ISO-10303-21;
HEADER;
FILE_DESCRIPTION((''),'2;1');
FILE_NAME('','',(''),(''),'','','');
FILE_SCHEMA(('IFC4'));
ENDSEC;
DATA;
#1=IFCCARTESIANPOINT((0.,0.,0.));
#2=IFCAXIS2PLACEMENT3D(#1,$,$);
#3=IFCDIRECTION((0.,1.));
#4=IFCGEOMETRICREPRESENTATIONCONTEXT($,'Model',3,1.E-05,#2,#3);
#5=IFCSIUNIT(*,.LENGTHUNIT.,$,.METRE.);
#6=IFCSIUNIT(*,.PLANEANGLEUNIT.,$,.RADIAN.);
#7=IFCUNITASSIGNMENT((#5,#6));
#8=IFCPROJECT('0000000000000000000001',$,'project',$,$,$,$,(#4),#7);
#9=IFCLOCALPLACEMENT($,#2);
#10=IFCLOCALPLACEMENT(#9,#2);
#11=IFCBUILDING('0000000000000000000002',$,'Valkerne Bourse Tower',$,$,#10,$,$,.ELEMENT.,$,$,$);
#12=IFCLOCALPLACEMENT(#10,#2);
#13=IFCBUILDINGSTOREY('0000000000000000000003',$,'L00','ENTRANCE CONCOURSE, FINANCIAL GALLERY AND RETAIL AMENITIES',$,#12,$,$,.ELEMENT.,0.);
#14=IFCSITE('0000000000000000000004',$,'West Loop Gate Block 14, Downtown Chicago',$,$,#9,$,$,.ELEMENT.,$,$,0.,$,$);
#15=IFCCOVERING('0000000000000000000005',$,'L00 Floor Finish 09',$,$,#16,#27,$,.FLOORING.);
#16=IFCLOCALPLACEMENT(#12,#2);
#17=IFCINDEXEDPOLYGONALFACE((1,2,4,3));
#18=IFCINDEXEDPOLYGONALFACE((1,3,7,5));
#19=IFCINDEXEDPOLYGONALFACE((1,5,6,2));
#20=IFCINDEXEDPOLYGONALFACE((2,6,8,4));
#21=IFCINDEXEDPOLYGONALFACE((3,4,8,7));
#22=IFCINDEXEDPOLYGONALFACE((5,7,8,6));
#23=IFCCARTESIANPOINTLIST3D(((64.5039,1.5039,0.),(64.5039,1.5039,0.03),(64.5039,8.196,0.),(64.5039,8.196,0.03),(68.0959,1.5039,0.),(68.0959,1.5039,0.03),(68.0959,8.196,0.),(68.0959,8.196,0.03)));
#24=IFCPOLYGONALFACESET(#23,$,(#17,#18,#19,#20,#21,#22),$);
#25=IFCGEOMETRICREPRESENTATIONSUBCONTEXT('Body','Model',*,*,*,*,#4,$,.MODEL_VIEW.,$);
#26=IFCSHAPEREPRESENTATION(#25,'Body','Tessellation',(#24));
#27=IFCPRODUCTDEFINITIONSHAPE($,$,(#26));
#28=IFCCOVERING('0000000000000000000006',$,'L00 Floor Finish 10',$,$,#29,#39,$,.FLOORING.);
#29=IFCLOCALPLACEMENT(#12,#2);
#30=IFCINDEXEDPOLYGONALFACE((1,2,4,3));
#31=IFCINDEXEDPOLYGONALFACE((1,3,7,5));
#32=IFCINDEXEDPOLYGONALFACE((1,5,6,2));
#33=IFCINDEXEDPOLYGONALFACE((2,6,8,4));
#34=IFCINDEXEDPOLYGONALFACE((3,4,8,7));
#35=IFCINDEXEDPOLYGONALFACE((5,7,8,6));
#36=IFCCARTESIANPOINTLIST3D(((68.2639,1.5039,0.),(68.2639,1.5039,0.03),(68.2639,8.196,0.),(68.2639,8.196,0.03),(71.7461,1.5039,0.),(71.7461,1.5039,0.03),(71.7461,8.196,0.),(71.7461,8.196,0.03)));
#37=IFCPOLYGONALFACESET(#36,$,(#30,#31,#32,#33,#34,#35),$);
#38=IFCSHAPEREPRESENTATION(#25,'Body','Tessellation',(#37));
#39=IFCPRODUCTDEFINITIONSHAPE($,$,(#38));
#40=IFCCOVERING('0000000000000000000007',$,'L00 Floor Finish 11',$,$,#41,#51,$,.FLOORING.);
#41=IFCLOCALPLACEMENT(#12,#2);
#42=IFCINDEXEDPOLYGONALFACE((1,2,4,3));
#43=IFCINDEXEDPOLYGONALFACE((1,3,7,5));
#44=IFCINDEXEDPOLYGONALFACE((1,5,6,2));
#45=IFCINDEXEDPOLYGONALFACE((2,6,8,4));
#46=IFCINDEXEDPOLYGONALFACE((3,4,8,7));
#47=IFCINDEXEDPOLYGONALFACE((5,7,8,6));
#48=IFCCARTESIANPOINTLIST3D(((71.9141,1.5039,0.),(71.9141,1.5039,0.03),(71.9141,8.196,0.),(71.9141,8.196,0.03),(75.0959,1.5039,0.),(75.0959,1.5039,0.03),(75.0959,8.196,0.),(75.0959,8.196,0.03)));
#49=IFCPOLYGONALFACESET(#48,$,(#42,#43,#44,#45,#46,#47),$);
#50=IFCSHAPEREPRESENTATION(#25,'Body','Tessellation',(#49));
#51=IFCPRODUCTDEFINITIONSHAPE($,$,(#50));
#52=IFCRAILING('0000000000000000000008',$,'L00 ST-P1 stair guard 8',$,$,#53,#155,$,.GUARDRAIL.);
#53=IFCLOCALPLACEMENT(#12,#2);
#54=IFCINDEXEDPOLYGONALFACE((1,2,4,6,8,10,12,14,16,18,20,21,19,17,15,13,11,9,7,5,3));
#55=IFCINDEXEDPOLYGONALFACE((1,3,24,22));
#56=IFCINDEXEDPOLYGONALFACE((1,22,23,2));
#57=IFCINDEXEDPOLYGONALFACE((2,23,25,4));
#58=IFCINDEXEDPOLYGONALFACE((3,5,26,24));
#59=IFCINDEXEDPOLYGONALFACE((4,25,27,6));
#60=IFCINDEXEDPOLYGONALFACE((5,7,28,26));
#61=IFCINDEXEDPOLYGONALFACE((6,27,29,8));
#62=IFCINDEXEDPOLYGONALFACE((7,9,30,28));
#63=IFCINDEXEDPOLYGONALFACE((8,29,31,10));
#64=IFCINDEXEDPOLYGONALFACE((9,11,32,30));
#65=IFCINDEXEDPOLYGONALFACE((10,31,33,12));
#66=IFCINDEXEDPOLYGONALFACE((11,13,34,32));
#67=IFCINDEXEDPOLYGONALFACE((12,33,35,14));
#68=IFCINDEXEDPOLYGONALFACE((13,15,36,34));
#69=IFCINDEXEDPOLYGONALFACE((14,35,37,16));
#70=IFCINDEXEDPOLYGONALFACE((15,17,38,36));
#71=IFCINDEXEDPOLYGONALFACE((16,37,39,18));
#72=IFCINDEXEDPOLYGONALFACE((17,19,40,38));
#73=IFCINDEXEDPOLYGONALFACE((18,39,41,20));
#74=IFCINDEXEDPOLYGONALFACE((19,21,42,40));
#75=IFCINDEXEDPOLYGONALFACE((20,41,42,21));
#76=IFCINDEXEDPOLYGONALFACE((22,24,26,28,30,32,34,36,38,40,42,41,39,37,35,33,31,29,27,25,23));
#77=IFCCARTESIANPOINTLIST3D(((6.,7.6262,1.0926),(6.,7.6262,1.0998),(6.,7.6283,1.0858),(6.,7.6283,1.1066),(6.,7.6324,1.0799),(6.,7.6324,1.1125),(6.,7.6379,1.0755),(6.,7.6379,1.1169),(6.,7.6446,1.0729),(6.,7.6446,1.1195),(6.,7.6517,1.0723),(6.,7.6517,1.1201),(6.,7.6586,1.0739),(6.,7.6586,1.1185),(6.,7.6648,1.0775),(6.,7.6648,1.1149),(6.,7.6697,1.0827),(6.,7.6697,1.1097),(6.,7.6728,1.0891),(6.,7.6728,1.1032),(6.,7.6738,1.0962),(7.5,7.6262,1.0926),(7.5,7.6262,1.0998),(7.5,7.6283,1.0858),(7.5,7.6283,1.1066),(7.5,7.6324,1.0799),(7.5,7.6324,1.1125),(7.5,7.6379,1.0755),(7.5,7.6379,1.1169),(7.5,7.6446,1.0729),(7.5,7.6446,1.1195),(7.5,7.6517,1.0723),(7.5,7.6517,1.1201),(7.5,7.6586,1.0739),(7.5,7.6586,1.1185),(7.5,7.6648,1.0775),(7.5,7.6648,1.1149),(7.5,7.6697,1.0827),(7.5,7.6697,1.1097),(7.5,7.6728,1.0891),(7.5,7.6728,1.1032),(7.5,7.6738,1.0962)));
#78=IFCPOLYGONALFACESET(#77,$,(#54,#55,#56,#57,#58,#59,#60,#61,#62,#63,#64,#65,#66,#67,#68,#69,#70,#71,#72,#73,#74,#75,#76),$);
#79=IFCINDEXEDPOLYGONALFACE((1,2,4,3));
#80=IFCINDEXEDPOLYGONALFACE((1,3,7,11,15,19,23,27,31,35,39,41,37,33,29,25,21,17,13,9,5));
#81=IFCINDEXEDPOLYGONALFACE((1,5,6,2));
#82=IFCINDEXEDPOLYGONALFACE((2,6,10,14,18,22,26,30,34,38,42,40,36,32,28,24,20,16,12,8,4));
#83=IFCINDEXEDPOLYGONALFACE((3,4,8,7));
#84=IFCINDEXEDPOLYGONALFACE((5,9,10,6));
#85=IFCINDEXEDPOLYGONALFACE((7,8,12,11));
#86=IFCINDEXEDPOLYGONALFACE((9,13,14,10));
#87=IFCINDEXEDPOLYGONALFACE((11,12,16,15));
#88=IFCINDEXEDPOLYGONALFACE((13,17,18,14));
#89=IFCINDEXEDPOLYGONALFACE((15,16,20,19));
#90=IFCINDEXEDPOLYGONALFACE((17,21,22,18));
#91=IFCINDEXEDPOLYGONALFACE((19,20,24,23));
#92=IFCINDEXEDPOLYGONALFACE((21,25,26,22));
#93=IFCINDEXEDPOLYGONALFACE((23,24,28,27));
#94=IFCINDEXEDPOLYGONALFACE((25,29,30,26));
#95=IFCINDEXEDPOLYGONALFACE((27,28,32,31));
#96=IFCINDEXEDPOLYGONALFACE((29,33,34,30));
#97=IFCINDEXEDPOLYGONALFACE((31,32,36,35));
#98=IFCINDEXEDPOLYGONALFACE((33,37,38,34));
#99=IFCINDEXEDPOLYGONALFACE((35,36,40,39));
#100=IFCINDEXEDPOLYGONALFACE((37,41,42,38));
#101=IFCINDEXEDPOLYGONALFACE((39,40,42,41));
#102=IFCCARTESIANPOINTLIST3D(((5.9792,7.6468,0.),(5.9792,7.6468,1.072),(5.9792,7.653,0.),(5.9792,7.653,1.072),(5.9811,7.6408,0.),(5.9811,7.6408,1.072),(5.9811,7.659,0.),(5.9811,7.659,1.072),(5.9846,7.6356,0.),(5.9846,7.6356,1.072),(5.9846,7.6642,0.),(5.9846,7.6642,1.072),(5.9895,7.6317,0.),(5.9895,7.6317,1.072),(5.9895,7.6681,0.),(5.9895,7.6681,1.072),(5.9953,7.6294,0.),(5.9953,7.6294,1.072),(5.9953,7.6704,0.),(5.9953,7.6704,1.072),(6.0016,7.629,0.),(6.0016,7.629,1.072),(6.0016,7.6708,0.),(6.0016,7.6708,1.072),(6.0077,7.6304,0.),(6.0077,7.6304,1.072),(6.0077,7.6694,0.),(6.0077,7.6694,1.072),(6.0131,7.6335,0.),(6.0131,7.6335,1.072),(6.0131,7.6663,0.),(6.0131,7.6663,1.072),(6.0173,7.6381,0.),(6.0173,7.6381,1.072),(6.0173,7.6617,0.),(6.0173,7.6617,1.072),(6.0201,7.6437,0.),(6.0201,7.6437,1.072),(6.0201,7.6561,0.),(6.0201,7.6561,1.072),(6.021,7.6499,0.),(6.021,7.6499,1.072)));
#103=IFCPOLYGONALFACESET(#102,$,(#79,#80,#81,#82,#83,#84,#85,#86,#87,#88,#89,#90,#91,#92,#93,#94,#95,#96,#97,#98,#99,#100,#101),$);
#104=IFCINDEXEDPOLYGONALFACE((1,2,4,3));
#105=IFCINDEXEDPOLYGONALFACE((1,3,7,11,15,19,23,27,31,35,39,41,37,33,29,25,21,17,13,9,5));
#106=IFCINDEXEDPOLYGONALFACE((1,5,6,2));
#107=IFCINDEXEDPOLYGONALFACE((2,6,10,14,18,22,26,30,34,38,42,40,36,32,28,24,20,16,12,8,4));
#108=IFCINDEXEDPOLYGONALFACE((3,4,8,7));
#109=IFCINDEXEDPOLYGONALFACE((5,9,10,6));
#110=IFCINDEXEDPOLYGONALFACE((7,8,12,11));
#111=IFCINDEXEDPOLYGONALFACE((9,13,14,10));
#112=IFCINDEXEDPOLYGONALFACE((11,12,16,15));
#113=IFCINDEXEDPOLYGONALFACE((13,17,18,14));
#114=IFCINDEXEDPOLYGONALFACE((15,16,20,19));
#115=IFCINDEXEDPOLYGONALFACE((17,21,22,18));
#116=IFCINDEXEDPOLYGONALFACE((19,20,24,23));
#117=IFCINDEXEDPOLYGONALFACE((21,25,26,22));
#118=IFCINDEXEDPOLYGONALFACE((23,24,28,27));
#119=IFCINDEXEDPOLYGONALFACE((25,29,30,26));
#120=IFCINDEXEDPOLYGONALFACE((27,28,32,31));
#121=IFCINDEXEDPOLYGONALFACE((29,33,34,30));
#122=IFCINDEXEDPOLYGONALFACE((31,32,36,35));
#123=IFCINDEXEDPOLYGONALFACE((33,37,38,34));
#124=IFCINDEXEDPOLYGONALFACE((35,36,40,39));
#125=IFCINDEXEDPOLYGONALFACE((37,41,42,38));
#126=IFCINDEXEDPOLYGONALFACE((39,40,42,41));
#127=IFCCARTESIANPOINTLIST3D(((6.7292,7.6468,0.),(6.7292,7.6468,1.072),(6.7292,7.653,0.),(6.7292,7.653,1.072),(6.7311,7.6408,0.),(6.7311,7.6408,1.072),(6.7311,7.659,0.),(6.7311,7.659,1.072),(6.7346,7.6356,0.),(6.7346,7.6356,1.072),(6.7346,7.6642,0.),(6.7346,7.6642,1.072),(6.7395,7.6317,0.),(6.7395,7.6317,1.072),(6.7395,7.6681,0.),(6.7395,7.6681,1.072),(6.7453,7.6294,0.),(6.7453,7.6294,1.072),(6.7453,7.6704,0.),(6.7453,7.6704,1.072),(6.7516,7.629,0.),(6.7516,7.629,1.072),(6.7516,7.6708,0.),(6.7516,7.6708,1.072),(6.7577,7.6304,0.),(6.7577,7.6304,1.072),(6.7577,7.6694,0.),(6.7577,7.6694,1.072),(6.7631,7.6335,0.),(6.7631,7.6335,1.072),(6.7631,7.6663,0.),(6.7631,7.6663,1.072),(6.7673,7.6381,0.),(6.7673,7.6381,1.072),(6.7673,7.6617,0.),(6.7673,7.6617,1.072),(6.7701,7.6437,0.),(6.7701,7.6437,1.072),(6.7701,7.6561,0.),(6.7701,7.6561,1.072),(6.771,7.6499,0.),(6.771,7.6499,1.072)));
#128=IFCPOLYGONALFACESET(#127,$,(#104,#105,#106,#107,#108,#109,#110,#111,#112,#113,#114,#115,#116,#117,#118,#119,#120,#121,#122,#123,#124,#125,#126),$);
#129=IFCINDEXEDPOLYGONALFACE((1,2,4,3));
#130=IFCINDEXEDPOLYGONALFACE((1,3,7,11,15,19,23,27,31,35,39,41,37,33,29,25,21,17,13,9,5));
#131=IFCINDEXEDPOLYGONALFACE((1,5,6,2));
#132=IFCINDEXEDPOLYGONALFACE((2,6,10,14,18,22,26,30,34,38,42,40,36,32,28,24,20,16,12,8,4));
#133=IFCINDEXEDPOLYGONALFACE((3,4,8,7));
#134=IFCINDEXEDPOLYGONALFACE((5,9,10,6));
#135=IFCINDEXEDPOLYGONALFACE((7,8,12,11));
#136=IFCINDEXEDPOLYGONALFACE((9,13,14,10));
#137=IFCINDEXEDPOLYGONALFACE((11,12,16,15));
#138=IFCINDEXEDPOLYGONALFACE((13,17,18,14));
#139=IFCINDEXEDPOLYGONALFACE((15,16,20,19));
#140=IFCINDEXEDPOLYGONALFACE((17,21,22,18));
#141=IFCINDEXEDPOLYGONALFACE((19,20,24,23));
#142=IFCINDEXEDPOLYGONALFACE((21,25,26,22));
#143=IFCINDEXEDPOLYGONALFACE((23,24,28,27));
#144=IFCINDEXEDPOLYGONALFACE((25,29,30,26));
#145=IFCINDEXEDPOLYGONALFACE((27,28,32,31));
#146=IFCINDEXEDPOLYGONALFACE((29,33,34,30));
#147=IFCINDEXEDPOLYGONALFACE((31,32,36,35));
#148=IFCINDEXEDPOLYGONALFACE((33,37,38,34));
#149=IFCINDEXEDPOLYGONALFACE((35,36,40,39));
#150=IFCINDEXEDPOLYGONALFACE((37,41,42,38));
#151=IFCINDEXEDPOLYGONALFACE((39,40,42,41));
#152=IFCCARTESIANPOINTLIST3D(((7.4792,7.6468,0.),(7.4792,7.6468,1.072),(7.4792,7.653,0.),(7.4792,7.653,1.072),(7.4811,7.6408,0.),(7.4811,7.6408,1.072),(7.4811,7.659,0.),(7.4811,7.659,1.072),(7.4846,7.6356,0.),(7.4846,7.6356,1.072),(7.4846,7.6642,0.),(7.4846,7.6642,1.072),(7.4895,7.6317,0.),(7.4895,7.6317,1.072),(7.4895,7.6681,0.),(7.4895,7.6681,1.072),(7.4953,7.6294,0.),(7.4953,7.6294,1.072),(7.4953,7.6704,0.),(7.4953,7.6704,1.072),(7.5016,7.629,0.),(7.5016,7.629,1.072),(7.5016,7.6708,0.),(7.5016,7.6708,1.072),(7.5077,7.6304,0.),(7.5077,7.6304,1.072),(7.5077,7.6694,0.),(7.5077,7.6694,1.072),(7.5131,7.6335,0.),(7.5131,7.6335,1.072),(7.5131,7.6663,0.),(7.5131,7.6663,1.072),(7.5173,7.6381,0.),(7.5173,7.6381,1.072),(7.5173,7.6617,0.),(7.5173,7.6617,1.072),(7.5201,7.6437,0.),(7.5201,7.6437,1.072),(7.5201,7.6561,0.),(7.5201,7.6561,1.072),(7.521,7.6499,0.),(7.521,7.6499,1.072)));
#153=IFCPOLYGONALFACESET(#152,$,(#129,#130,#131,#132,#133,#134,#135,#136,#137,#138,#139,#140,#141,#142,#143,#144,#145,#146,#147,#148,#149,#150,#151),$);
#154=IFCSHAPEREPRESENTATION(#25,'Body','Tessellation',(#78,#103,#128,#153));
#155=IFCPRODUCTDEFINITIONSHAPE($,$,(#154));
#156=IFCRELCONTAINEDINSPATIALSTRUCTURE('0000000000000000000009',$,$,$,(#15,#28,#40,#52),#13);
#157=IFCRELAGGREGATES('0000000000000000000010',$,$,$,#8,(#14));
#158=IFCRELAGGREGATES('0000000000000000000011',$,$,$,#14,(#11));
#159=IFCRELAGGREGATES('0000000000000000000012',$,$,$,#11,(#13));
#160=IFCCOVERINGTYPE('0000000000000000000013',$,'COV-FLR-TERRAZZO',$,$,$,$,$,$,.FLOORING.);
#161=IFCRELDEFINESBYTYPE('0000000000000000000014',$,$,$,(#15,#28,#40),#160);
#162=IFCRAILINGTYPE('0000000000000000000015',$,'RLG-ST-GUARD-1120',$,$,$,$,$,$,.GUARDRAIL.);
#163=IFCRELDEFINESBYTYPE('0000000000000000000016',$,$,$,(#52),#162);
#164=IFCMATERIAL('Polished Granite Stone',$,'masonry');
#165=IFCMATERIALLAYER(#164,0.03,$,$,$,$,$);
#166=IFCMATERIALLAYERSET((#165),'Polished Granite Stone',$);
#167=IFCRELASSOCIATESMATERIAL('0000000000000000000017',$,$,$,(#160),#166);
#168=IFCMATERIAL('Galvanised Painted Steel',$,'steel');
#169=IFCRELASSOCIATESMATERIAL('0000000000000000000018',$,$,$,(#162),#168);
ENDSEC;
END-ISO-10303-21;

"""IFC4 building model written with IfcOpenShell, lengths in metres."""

from ifc_helpers import new_model, si_unit, direction, frame, origin, origin_2d, place, context, subcontext, project, spatial, polyline, circle, outline, extrude, material, layer, layer_set, type_object, element, save


model = new_model("IFC4")

# Units and contexts
model_context = context("Model", 3, precision=1e-05, world=origin(), true_north=direction((0.0, 1.0)))
body_context = subcontext(model_context, "Body", "Model", "MODEL_VIEW")
ifc_project = project(units=[si_unit("LENGTHUNIT", "METRE"), si_unit("PLANEANGLEUNIT", "RADIAN")], contexts=[model_context])

# Site, building, storey
site_placement = place(None, origin())
site = spatial("IfcSite", under=ifc_project, at=site_placement, Name="West Loop Gate Block 14, Downtown Chicago", CompositionType="ELEMENT", RefElevation=0.0)
building_placement = place(site_placement, origin())
building = spatial("IfcBuilding", under=site, at=building_placement, Name="Valkerne Bourse Tower", CompositionType="ELEMENT")
storey_placement = place(building_placement, origin())
storey = spatial("IfcBuildingStorey", under=building, at=storey_placement, Name="L00", Description="ENTRANCE CONCOURSE, FINANCIAL GALLERY AND RETAIL AMENITIES", CompositionType="ELEMENT", Elevation=0.0)

# Coverings
ifc_material_1 = material(Name="Galvanised Painted Steel", Category="steel")
ifc_material_2 = material(Name="Polished Granite Stone", Category="masonry")
ifc_layer_1 = layer(ifc_material_2, 0.03)
ifc_layer_set_1 = layer_set([ifc_layer_1], Name="Polished Granite Stone")
covering_type_1 = type_object("IfcCoveringType", Name="COV-FLR-TERRAZZO", PredefinedType="FLOORING", material=ifc_layer_set_1)
covering_1_placement = place(storey_placement, origin())
element("IfcCovering", 1, at=covering_1_placement, inside=storey, type_object=covering_type_1, Name="L00 Floor Finish 09", PredefinedType="FLOORING", context=body_context, shape_type="SweptSolid", body=[
    extrude(outline(polyline([(64.5039, 8.196), (68.0959, 8.196), (68.0959, 1.5039), (64.5039, 1.5039), (64.5039, 8.196)])), origin(), (0.0, 0.0, 1.0), 0.03),
])
covering_2_placement = place(storey_placement, origin())
element("IfcCovering", 2, at=covering_2_placement, inside=storey, type_object=covering_type_1, Name="L00 Floor Finish 10", PredefinedType="FLOORING", context=body_context, shape_type="SweptSolid", body=[
    extrude(outline(polyline([(68.2639, 8.196), (71.7461, 8.196), (71.7461, 1.5039), (68.2639, 1.5039), (68.2639, 8.196)])), origin(), (0.0, 0.0, 1.0), 0.03),
])
covering_3_placement = place(storey_placement, origin())
element("IfcCovering", 3, at=covering_3_placement, inside=storey, type_object=covering_type_1, Name="L00 Floor Finish 11", PredefinedType="FLOORING", context=body_context, shape_type="SweptSolid", body=[
    extrude(outline(polyline([(71.9141, 8.196), (75.0959, 8.196), (75.0959, 1.5039), (71.9141, 1.5039), (71.9141, 8.196)])), origin(), (0.0, 0.0, 1.0), 0.03),
])

# Railing
railing_type = type_object("IfcRailingType", Name="RLG-ST-GUARD-1120", PredefinedType="GUARDRAIL", material=ifc_material_1)
for number, where, name in (
    (4, (6.0, 7.6499, 0.0), "L00 ST-P1 stair guard 8"),
):
    element("IfcRailing", number, at=place(storey_placement, frame(where)), inside=storey, type_object=railing_type, Name=name, PredefinedType="GUARDRAIL", context=body_context, shape_type="SweptSolid", body=[
        extrude(circle(Radius=0.0239, at=origin_2d()), frame((0.0, 0.0, 1.0962), z_axis=(1.0, 0.0, 0.0), x_axis=(0.0, 1.0, 0.0)), (0.0, 0.0, 1.0), 1.5),
        extrude(circle(Radius=0.021, at=origin_2d()), origin(), (0.0, 0.0, 1.0), 1.072),
        extrude(circle(Radius=0.021, at=origin_2d()), frame((0.75, 0.0, 0.0)), (0.0, 0.0, 1.0), 1.072),
        extrude(circle(Radius=0.021, at=origin_2d()), frame((1.5, 0.0, 0.0)), (0.0, 0.0, 1.0), 1.072),
    ])

save(model, "model.ifc")
